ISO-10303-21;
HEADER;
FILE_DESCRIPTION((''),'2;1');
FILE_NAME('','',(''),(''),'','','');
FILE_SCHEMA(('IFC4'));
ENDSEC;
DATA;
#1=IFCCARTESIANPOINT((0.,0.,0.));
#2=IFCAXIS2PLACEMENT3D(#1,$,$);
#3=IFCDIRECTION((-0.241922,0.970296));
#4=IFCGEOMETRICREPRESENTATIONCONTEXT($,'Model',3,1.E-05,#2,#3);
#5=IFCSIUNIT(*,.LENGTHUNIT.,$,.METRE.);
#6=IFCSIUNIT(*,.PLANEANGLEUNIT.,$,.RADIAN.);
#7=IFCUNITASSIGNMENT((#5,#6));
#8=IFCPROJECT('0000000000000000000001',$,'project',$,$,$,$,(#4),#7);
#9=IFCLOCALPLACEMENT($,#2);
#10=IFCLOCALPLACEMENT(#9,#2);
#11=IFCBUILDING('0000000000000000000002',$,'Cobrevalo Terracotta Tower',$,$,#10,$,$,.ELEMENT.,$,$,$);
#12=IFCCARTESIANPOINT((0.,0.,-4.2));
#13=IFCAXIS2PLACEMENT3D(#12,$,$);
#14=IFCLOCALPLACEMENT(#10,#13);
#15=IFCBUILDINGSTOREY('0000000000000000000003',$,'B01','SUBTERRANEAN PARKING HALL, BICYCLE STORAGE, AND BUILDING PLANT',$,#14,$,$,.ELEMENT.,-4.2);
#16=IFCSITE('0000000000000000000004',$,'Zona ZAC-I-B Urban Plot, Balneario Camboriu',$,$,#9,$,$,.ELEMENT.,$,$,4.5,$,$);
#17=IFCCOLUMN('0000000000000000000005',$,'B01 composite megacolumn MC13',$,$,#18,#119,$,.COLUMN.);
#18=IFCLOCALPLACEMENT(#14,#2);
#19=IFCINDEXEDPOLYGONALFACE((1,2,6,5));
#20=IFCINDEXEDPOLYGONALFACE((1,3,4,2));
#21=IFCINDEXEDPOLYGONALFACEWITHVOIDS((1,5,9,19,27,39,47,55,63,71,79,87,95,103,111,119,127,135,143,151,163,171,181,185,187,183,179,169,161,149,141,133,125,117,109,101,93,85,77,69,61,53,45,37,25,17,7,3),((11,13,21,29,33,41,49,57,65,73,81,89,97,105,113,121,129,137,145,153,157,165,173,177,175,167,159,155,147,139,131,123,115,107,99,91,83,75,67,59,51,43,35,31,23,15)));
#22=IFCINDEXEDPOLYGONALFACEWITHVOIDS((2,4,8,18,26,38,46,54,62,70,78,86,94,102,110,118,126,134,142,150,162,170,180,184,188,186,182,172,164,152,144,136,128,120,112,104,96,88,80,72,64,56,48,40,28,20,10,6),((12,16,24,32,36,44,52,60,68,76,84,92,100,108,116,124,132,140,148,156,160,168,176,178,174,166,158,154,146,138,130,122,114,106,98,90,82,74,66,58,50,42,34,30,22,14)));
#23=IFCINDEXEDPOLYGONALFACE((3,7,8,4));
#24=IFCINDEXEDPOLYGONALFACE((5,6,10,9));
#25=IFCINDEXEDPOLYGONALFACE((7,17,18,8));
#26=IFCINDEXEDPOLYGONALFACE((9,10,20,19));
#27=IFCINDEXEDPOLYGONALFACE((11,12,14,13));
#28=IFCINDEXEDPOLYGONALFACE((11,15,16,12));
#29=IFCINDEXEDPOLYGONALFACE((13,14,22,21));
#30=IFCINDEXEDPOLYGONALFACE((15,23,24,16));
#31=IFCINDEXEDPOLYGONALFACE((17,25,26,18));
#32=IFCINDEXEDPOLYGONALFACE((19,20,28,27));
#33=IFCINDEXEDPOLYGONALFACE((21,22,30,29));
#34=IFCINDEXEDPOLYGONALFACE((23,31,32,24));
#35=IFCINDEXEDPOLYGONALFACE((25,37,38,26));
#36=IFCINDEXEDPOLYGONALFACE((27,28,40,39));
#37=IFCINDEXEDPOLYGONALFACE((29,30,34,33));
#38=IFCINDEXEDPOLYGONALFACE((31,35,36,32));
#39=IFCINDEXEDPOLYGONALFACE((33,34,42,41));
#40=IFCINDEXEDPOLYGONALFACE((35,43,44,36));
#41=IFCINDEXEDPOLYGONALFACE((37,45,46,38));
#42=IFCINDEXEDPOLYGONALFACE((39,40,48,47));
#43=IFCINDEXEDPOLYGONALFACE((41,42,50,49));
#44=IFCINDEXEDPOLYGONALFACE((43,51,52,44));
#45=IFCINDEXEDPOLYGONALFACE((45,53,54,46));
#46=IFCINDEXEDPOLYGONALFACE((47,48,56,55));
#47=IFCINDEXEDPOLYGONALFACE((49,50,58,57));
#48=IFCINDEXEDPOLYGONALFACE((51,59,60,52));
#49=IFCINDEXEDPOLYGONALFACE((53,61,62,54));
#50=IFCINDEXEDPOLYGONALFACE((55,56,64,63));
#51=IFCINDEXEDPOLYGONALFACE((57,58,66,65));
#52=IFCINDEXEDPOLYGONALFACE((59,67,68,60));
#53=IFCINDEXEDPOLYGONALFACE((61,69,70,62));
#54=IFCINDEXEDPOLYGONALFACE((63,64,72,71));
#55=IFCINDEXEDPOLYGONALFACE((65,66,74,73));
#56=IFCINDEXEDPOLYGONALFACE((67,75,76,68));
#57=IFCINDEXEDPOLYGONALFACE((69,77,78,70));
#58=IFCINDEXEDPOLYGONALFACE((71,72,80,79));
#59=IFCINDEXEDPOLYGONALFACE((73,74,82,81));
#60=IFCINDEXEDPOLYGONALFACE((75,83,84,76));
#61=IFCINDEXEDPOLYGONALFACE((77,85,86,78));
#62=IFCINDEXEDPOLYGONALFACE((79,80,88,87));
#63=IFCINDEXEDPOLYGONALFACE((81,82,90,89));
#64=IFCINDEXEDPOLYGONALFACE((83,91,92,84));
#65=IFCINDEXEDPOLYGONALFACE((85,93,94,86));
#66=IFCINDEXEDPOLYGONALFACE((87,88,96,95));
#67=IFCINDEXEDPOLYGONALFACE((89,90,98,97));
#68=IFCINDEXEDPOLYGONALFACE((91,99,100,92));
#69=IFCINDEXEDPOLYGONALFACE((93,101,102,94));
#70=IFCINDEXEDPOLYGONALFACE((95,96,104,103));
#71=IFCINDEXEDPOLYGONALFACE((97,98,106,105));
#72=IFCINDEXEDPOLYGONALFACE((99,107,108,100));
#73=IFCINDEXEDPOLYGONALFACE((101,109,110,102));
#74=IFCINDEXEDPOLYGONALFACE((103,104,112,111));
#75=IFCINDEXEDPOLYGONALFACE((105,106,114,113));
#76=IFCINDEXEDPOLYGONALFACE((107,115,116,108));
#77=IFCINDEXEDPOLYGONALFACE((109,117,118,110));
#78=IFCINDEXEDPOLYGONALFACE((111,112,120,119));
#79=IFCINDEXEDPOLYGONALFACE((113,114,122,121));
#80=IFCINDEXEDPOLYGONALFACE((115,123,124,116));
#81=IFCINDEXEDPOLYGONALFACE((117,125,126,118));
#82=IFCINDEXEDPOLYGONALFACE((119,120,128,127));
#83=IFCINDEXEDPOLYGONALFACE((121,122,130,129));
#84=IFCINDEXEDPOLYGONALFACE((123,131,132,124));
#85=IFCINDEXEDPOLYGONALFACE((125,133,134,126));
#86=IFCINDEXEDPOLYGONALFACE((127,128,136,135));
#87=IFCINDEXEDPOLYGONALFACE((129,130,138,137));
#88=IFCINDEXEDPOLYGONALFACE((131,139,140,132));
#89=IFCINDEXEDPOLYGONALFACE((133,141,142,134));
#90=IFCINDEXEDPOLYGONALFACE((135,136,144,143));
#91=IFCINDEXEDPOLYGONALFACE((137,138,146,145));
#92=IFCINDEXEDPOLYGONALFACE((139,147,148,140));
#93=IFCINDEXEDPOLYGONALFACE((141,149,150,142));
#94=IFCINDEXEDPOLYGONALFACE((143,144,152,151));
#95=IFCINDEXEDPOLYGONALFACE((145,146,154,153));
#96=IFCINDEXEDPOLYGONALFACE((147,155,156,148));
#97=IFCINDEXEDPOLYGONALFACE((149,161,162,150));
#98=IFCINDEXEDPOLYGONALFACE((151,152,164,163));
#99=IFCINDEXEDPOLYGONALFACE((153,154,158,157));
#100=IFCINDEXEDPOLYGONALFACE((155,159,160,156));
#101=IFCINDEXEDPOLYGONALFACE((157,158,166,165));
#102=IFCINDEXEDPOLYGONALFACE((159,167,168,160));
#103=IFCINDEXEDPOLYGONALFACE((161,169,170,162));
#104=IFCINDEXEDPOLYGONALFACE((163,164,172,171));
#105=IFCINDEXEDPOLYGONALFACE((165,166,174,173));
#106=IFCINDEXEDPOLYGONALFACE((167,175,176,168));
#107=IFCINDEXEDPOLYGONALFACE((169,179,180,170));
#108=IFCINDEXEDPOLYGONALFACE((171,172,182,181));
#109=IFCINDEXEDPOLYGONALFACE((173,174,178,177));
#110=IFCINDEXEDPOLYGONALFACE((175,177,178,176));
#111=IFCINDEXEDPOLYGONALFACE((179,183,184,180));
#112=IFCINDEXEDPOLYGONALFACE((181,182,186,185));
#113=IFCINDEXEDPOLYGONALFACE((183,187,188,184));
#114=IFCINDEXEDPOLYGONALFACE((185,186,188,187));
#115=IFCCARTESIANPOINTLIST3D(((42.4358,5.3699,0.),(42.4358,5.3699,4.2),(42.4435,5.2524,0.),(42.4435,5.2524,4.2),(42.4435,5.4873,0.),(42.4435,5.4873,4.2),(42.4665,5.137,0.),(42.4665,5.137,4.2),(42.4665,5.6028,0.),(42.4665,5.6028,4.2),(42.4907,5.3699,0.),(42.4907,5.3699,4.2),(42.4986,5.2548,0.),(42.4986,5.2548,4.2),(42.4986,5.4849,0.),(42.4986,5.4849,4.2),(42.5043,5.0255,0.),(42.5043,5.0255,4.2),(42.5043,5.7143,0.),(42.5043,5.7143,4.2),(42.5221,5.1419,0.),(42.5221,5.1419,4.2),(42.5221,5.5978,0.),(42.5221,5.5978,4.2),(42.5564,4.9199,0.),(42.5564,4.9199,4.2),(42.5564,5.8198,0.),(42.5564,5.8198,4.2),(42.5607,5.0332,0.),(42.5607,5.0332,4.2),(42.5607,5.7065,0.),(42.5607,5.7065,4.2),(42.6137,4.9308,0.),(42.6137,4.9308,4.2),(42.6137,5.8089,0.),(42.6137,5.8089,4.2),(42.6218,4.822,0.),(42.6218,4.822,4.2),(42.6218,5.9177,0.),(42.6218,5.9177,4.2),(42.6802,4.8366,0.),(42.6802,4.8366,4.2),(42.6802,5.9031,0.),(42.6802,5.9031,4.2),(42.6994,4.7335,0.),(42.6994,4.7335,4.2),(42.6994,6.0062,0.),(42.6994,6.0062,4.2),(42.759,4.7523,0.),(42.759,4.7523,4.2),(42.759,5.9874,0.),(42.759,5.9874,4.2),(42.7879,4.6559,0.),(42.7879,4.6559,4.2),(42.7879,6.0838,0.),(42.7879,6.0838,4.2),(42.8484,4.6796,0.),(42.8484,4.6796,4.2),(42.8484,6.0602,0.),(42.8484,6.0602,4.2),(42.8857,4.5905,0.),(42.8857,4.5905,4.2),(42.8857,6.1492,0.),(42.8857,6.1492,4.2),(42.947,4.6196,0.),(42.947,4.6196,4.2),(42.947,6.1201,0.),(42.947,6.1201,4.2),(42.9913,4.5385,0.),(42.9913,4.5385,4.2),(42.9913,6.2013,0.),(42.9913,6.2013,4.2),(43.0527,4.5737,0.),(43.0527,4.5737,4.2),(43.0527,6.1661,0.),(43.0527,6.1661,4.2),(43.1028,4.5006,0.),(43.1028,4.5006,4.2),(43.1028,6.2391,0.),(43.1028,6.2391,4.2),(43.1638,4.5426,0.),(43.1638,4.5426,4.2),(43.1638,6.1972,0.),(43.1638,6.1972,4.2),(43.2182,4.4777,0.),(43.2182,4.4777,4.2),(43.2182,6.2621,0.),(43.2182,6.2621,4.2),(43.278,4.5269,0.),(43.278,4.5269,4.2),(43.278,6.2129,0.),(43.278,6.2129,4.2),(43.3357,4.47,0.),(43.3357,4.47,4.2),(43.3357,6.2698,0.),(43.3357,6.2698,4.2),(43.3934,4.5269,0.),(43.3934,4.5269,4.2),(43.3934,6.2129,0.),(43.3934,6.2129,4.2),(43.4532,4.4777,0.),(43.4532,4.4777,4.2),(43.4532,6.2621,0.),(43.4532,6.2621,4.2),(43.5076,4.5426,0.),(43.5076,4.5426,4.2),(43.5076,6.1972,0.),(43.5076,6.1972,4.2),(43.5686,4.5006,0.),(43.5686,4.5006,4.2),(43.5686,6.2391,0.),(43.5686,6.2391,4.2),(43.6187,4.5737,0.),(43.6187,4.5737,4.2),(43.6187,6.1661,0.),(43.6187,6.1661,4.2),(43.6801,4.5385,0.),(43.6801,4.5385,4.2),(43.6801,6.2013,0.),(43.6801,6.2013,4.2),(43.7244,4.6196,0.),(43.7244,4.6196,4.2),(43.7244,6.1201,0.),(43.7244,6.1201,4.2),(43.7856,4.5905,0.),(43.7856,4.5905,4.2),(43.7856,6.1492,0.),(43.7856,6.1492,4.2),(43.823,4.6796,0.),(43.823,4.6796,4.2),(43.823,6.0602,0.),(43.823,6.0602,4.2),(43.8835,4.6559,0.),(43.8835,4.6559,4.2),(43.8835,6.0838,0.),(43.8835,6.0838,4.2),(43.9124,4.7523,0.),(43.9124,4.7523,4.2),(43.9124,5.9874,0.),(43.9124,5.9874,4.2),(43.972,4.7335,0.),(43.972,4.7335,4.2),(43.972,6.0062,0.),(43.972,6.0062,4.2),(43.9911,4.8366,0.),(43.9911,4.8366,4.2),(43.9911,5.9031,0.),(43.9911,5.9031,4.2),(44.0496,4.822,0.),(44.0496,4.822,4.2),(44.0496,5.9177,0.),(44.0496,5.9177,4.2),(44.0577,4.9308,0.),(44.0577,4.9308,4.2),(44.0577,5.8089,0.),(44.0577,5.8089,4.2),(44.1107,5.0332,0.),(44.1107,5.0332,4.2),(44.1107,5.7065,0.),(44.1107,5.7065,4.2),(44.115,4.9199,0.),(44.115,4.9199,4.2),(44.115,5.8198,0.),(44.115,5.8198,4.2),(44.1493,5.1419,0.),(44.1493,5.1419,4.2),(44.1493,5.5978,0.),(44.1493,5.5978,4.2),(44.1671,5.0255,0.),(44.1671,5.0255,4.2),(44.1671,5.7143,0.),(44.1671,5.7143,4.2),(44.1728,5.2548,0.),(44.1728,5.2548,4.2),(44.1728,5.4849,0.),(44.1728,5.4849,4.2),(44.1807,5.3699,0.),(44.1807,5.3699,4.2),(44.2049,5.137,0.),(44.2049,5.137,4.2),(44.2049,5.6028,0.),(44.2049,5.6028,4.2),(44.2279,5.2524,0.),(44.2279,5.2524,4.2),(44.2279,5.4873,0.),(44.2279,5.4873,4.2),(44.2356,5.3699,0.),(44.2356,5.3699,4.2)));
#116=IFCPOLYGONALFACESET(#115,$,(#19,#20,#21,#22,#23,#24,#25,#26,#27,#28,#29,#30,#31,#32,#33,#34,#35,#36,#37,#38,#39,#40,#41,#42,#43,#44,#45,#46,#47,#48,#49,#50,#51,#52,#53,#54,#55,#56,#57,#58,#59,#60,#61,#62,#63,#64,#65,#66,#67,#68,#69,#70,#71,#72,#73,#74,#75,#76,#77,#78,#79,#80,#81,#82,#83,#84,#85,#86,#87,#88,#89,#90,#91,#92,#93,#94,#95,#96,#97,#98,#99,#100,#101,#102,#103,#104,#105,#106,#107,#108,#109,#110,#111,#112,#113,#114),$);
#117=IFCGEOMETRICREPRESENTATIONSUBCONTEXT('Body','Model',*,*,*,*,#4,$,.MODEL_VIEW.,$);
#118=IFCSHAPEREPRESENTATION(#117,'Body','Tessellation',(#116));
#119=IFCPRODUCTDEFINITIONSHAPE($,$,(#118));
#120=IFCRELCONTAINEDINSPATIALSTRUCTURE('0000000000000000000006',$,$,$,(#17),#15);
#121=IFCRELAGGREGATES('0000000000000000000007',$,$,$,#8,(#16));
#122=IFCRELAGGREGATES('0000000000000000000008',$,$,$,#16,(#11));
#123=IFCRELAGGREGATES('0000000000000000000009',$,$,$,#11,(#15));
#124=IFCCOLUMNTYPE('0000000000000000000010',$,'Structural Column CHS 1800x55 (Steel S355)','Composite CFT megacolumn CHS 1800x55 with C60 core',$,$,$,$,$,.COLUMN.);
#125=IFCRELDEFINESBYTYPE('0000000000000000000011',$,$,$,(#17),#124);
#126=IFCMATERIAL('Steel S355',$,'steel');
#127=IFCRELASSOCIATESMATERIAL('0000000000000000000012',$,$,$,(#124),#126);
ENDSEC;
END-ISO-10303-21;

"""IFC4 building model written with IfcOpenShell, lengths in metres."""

from ifc_helpers import new_model, si_unit, direction, frame, origin, origin_2d, place, context, subcontext, project, spatial, hollow_circle, extrude, material, material_profile, profile_set, type_object, element, save


model = new_model("IFC4")

# Units and contexts
model_context = context("Model", 3, precision=1e-05, world=origin(), true_north=direction((-0.241922, 0.970296)))
body_context = subcontext(model_context, "Body", "Model", "MODEL_VIEW")
ifc_project = project(units=[si_unit("LENGTHUNIT", "METRE"), si_unit("PLANEANGLEUNIT", "RADIAN")], contexts=[model_context])

# Site, building, storey
site_placement = place(None, origin())
site = spatial("IfcSite", under=ifc_project, at=site_placement, Name="Zona ZAC-I-B Urban Plot, Balneario Camboriu", CompositionType="ELEMENT", RefElevation=4.5)
building_placement = place(site_placement, origin())
building = spatial("IfcBuilding", under=site, at=building_placement, Name="Cobrevalo Terracotta Tower", CompositionType="ELEMENT")
storey_placement = place(building_placement, frame((0.0, 0.0, -4.2)))
storey = spatial("IfcBuildingStorey", under=building, at=storey_placement, Name="B01", Description="SUBTERRANEAN PARKING HALL, BICYCLE STORAGE, AND BUILDING PLANT", CompositionType="ELEMENT", Elevation=-4.2)

# Column
ifc_material_1 = material(Name="Steel S355", Category="steel")
ifc_material_profile_1 = material_profile(ifc_material_1, hollow_circle(Radius=0.8999, WallThickness=0.0549, at=origin_2d()), Name="CHS 1800x55")
ifc_profile_set_1 = profile_set([ifc_material_profile_1], Name="Steel S355")
column_type_1 = type_object("IfcColumnType", Name="Structural Column CHS 1800x55 (Steel S355)", Description="Composite CFT megacolumn CHS 1800x55 with C60 core", PredefinedType="COLUMN", material=ifc_profile_set_1)
for number, where, z_axis, x_axis, name in (
    (1, (43.3357, 5.3699, 0.0), (0.0, 0.0, 1.0), (1.0, 0.0, 0.0), "B01 composite megacolumn MC13"),
):
    element("IfcColumn", number, at=place(storey_placement, frame(where, z_axis=z_axis, x_axis=x_axis)), inside=storey, type_object=column_type_1, Name=name, PredefinedType="COLUMN", context=body_context, shape_type="SweptSolid", body=[
        extrude(hollow_circle(Radius=0.8999, WallThickness=0.0549, at=origin_2d()), origin(), (0.0, 0.0, 1.0), 4.2),
    ])

save(model, "model.ifc")
